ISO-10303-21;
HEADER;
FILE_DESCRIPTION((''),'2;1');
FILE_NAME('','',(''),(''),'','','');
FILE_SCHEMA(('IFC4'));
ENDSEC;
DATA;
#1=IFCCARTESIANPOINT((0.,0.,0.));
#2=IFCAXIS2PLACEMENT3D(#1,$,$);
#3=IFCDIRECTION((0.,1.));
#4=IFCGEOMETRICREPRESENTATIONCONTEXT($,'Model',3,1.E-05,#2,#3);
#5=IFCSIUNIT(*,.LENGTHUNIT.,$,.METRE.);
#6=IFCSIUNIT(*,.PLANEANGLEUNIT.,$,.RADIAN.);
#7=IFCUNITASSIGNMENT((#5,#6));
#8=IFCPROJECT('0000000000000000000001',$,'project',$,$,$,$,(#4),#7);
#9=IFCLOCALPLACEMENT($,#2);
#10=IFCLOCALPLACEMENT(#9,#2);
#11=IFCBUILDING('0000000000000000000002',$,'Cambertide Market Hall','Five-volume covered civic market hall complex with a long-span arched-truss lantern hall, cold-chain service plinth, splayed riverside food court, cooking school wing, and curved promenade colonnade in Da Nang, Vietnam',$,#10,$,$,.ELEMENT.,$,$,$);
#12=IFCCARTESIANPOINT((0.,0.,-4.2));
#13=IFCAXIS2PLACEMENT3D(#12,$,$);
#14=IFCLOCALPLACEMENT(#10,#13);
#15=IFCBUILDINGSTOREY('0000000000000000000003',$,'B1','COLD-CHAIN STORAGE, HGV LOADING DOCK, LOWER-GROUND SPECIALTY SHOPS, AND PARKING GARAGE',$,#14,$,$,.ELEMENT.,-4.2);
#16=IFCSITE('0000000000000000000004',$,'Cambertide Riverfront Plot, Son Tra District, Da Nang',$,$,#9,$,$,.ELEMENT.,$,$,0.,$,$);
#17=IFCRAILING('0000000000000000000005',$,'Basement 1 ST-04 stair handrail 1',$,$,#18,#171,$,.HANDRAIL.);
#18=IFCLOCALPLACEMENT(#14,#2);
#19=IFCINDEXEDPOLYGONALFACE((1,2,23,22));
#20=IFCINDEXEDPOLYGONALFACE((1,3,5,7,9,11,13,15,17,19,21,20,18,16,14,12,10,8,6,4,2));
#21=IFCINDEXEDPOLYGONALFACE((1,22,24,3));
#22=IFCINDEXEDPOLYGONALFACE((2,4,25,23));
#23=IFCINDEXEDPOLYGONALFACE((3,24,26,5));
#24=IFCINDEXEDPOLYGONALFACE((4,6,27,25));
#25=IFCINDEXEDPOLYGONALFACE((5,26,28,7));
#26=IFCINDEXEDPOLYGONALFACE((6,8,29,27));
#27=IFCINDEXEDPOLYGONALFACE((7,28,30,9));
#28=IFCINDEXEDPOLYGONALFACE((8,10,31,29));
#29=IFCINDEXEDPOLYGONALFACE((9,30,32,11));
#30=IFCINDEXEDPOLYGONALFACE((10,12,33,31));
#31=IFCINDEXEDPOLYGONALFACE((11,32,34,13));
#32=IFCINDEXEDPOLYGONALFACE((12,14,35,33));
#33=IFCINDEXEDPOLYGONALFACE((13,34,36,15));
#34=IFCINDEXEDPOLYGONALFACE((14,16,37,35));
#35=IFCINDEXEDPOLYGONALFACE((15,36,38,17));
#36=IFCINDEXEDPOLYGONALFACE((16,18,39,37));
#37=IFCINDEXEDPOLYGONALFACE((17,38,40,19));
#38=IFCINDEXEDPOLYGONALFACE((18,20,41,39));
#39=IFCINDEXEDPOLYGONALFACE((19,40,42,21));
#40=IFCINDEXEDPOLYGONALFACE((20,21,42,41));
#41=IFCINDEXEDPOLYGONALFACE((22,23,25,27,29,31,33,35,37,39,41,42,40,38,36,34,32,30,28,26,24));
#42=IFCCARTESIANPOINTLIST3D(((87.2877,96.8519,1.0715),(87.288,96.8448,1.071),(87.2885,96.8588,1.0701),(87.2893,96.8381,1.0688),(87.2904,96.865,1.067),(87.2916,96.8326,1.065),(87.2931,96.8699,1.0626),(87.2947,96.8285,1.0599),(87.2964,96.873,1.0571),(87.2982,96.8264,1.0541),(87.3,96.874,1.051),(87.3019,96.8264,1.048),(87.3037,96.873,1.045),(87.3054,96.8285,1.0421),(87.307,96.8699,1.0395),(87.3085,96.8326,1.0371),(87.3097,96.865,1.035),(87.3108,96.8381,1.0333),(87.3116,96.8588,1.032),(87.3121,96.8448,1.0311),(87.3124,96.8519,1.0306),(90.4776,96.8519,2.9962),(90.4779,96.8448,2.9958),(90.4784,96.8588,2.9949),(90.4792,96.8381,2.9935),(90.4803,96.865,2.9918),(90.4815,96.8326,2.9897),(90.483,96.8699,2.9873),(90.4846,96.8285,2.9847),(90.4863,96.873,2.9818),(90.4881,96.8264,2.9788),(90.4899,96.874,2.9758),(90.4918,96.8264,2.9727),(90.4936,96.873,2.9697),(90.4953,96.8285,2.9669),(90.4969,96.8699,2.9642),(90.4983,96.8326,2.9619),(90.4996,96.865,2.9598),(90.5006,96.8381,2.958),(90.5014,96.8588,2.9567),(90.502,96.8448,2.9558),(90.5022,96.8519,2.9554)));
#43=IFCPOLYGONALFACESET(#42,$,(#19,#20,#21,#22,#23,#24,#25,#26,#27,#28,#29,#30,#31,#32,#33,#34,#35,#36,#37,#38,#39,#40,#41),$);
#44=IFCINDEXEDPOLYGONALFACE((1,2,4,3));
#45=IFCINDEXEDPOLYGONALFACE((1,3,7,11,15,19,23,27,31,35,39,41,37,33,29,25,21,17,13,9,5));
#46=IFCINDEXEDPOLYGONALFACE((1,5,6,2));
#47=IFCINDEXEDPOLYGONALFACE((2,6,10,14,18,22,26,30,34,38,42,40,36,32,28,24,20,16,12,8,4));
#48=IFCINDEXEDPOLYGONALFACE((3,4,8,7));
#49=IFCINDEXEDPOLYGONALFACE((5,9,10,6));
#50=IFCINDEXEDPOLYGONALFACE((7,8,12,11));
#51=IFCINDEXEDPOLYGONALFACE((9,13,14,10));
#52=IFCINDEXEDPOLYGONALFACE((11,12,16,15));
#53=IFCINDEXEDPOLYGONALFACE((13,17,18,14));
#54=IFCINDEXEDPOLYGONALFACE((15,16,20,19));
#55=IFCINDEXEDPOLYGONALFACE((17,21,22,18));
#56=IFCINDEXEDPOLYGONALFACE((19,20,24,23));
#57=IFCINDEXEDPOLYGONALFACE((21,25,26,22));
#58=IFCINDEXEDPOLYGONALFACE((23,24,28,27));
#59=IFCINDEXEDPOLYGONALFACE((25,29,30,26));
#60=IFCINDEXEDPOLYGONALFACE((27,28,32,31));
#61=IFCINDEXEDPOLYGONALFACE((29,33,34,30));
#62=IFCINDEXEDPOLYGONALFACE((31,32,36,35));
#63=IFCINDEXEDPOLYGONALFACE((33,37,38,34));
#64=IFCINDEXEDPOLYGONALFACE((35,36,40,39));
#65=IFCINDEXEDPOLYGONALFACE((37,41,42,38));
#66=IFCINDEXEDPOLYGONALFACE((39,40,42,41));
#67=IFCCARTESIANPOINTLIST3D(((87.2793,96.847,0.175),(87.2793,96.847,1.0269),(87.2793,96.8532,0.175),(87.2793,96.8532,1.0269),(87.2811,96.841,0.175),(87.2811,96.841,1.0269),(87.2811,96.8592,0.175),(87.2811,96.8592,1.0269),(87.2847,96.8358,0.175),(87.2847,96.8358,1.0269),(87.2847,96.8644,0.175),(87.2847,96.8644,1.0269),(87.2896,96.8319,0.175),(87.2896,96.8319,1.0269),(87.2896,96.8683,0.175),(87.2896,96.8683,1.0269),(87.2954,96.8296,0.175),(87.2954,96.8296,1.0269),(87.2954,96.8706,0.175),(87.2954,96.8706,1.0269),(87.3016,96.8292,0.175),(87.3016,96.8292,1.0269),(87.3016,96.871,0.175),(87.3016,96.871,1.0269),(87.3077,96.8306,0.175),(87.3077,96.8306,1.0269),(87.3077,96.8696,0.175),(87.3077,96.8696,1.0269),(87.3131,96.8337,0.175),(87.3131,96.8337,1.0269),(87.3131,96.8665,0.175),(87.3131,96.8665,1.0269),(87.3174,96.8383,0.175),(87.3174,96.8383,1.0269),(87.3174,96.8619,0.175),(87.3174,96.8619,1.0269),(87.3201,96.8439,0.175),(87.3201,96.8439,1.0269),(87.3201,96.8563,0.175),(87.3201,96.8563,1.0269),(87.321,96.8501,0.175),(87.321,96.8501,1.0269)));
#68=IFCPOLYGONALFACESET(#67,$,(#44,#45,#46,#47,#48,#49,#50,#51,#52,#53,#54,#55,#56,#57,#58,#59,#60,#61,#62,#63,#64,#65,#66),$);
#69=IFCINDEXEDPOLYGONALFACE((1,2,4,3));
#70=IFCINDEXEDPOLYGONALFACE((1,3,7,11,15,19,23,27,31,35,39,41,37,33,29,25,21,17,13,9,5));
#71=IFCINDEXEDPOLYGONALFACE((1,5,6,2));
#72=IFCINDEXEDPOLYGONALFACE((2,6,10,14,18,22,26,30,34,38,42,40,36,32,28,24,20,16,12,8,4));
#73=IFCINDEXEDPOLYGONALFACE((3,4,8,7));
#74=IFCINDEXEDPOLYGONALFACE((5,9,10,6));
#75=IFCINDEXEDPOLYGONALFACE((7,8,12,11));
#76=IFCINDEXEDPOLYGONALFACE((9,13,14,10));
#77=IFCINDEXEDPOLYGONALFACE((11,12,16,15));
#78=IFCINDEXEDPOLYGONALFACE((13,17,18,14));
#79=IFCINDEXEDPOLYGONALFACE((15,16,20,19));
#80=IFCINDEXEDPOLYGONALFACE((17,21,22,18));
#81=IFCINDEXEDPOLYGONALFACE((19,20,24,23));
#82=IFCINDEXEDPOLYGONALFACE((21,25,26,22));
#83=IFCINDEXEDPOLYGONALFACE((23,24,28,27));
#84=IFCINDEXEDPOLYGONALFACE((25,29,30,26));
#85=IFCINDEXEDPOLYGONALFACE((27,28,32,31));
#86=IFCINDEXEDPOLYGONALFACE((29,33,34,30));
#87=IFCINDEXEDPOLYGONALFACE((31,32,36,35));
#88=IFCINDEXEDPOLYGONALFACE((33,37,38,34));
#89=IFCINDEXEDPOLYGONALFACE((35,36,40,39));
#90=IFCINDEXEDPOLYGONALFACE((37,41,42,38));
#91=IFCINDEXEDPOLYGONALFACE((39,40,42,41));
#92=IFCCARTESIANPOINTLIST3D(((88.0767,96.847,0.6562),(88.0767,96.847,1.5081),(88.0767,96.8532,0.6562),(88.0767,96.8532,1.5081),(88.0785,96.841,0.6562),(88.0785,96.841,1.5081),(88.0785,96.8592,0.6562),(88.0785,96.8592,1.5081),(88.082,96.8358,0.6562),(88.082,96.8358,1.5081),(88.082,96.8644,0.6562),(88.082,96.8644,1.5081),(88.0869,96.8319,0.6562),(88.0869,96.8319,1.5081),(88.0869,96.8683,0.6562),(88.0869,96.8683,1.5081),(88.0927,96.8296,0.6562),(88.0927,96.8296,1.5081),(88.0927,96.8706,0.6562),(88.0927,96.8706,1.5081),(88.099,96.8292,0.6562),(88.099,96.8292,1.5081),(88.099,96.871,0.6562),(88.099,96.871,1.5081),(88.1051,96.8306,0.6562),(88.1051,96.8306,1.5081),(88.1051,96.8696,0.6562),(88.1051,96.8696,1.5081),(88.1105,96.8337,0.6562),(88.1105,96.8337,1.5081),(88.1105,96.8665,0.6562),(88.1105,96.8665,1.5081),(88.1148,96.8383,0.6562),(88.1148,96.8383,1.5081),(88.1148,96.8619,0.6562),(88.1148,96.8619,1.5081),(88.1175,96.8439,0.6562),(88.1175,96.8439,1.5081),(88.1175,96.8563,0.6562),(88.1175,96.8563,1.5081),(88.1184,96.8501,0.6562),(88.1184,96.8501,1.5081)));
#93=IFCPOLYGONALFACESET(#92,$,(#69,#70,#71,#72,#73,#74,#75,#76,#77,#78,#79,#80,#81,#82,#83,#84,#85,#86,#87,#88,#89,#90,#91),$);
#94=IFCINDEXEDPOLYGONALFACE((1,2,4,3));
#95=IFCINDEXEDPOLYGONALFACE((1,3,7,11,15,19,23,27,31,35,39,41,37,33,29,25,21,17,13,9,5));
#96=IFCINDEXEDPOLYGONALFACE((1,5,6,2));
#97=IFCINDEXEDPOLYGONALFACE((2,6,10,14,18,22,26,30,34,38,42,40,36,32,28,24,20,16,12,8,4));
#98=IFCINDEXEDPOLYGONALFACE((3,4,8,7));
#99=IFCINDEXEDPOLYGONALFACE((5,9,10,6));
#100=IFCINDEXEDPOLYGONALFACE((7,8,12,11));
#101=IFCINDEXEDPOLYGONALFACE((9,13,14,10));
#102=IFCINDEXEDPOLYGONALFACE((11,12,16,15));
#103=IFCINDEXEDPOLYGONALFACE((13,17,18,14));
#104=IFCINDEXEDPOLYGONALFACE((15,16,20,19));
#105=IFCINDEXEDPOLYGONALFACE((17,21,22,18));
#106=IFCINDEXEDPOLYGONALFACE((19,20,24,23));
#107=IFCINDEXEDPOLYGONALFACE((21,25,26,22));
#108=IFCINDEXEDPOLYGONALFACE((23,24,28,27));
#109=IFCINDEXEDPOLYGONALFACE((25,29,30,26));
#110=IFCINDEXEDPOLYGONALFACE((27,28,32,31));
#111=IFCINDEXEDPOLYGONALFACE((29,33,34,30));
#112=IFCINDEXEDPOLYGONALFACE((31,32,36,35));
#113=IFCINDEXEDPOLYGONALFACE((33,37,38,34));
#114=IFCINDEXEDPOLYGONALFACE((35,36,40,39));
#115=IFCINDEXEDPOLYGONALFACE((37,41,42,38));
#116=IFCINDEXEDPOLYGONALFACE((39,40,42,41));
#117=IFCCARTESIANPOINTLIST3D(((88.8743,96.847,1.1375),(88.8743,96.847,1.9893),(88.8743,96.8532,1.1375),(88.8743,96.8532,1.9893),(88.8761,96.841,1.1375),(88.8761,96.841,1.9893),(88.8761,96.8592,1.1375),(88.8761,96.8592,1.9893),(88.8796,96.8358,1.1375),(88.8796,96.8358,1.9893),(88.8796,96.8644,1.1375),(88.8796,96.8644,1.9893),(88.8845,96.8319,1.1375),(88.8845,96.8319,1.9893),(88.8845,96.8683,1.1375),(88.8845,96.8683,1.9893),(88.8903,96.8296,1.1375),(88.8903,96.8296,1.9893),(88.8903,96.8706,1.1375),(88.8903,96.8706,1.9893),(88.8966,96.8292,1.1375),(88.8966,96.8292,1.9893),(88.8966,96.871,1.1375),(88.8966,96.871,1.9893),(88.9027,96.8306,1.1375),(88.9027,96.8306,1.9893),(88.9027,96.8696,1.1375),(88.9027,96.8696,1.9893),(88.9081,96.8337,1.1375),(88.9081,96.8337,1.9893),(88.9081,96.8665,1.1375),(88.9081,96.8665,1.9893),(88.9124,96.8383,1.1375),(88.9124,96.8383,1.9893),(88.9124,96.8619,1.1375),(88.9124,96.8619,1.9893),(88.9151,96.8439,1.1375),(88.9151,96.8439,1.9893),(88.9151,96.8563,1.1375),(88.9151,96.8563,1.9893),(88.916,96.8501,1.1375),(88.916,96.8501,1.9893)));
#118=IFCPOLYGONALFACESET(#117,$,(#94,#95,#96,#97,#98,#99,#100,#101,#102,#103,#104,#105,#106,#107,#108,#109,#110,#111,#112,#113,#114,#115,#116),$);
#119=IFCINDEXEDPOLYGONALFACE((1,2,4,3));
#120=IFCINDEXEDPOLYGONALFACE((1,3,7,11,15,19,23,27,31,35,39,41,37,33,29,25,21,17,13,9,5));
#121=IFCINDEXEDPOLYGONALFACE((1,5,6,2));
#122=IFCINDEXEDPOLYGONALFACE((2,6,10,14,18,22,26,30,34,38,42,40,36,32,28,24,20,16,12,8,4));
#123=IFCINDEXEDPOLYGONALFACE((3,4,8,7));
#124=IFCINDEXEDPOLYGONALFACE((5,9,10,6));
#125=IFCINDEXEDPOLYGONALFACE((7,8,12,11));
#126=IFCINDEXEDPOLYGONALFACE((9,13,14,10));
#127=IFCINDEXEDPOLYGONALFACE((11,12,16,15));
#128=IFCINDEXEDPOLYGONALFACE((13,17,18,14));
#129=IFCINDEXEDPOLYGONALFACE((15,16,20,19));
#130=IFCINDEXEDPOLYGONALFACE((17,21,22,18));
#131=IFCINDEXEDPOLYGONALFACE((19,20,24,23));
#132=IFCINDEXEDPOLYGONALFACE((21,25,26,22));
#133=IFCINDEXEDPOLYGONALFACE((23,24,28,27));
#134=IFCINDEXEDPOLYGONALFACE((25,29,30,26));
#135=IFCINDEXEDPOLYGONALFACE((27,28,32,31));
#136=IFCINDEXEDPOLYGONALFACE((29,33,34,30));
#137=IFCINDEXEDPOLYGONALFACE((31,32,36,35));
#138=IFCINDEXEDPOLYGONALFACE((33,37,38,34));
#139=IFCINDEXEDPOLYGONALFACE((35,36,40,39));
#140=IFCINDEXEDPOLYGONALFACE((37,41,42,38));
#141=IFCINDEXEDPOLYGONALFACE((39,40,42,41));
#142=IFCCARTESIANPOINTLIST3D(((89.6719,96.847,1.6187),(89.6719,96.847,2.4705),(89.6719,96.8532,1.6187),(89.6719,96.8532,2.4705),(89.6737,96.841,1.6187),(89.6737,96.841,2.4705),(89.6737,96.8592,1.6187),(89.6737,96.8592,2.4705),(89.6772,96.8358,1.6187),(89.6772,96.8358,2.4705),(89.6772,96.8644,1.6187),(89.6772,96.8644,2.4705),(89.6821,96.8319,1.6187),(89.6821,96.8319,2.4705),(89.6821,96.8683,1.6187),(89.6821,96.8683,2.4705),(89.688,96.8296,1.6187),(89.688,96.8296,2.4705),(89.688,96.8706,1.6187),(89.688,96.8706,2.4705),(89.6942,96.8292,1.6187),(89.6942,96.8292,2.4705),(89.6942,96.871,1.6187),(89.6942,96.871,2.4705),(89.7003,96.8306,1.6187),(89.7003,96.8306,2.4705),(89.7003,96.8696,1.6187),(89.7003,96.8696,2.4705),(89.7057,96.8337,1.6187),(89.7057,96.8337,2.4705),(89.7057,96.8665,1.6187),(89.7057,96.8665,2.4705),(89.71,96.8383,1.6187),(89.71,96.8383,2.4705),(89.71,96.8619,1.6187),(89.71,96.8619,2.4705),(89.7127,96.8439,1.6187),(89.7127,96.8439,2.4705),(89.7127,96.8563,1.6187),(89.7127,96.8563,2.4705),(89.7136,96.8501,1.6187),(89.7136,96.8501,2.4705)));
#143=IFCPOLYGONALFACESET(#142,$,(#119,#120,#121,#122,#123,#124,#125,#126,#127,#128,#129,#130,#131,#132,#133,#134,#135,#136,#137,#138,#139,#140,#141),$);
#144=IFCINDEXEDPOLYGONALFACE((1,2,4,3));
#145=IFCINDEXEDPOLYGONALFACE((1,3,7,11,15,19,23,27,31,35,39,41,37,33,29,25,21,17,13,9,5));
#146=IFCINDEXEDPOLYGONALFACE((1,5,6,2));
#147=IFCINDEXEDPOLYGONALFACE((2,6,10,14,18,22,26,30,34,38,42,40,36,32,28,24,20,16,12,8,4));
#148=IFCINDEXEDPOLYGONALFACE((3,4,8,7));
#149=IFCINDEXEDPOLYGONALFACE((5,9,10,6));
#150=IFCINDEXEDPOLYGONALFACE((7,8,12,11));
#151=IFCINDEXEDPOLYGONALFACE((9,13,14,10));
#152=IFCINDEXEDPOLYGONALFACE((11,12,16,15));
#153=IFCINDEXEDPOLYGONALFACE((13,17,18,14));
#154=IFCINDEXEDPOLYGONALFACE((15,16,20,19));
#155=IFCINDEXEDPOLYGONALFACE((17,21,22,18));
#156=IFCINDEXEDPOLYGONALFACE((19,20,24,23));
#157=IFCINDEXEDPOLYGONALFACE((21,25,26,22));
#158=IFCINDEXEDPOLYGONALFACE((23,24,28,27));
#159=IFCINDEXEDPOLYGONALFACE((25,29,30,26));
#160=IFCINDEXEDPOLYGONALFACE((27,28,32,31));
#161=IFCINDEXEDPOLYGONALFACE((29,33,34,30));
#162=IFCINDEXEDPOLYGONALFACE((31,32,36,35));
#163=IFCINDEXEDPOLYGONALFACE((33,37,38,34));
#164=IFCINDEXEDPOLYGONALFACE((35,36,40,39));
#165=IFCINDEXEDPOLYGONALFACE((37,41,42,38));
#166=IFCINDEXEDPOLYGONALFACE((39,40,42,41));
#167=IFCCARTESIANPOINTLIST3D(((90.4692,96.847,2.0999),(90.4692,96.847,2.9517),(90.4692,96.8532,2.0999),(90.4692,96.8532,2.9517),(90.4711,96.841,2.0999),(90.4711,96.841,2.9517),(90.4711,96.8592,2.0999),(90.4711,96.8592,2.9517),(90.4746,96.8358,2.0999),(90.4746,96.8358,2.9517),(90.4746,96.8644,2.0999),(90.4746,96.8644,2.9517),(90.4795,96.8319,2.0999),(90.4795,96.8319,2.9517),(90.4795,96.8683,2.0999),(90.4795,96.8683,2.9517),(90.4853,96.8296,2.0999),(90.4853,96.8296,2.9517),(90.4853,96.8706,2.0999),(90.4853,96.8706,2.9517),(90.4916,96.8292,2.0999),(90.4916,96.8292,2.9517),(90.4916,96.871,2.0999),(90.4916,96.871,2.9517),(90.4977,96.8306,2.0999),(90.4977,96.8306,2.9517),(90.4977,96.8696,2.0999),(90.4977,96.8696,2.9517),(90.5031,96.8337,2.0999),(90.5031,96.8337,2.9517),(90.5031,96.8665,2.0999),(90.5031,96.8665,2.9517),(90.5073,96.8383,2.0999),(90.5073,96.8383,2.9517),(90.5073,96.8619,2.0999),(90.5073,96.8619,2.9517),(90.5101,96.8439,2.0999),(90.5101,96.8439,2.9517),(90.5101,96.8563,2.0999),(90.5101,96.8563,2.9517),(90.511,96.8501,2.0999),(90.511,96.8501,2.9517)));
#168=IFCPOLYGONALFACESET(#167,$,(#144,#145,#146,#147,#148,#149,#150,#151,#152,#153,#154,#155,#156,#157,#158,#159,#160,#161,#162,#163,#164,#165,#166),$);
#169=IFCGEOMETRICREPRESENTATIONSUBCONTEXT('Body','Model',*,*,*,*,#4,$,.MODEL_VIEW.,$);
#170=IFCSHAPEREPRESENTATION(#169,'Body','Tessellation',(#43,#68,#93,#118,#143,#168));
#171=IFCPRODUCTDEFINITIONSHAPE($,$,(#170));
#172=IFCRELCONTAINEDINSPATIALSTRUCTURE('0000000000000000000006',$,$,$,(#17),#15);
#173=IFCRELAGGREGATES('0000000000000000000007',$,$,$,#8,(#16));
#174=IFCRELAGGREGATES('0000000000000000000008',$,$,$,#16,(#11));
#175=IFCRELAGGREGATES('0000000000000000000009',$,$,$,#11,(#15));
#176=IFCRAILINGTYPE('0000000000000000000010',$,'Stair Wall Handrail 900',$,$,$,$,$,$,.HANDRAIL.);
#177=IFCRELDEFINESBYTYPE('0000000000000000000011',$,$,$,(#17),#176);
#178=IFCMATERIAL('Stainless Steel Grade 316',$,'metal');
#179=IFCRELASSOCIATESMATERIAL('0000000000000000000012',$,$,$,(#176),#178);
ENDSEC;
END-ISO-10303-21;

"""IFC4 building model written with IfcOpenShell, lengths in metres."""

from ifc_helpers import new_model, si_unit, direction, frame, origin, origin_2d, place, context, subcontext, project, spatial, circle, extrude, material, type_object, element, save


model = new_model("IFC4")

# Units and contexts
model_context = context("Model", 3, precision=1e-05, world=origin(), true_north=direction((0.0, 1.0)))
body_context = subcontext(model_context, "Body", "Model", "MODEL_VIEW")
ifc_project = project(units=[si_unit("LENGTHUNIT", "METRE"), si_unit("PLANEANGLEUNIT", "RADIAN")], contexts=[model_context])

# Site, building, storey
site_placement = place(None, origin())
site = spatial("IfcSite", under=ifc_project, at=site_placement, Name="Cambertide Riverfront Plot, Son Tra District, Da Nang", CompositionType="ELEMENT", RefElevation=0.0)
building_placement = place(site_placement, origin())
building = spatial("IfcBuilding", under=site, at=building_placement, Name="Cambertide Market Hall", Description="Five-volume covered civic market hall complex with a long-span arched-truss lantern hall, cold-chain service plinth, splayed riverside food court, cooking school wing, and curved promenade colonnade in Da Nang, Vietnam", CompositionType="ELEMENT")
storey_placement = place(building_placement, frame((0.0, 0.0, -4.2)))
storey = spatial("IfcBuildingStorey", under=building, at=storey_placement, Name="B1", Description="COLD-CHAIN STORAGE, HGV LOADING DOCK, LOWER-GROUND SPECIALTY SHOPS, AND PARKING GARAGE", CompositionType="ELEMENT", Elevation=-4.2)

# Railing
ifc_material_1 = material(Name="Stainless Steel Grade 316", Category="metal")
railing_type_1 = type_object("IfcRailingType", Name="Stair Wall Handrail 900", PredefinedType="HANDRAIL", material=ifc_material_1)
railing_1_placement = place(storey_placement, frame((87.3, 96.8501, 0.175)))
element("IfcRailing", 1, at=railing_1_placement, inside=storey, type_object=railing_type_1, Name="Basement 1 ST-04 stair handrail 1", PredefinedType="HANDRAIL", context=body_context, shape_type="SweptSolid", body=[
    extrude(circle(Radius=0.0239, at=origin_2d()), frame((0.0, 0.0, 0.876), z_axis=(0.856207, 0.0, 0.516633), x_axis=(0.0, 1.0, 0.0)), (0.0, 0.0, 1.0), 3.7256),
    extrude(circle(Radius=0.021, at=origin_2d()), origin(), (0.0, 0.0, 1.0), 0.8518),
    extrude(circle(Radius=0.021, at=origin_2d()), frame((0.7974, 0.0, 0.4812)), (0.0, 0.0, 1.0), 0.8518),
    extrude(circle(Radius=0.021, at=origin_2d()), frame((1.595, 0.0, 0.9624)), (0.0, 0.0, 1.0), 0.8518),
    extrude(circle(Radius=0.021, at=origin_2d()), frame((2.3926, 0.0, 1.4436)), (0.0, 0.0, 1.0), 0.8518),
    extrude(circle(Radius=0.021, at=origin_2d()), frame((3.1899, 0.0, 1.9248)), (0.0, 0.0, 1.0), 0.8518),
])

save(model, "model.ifc")
